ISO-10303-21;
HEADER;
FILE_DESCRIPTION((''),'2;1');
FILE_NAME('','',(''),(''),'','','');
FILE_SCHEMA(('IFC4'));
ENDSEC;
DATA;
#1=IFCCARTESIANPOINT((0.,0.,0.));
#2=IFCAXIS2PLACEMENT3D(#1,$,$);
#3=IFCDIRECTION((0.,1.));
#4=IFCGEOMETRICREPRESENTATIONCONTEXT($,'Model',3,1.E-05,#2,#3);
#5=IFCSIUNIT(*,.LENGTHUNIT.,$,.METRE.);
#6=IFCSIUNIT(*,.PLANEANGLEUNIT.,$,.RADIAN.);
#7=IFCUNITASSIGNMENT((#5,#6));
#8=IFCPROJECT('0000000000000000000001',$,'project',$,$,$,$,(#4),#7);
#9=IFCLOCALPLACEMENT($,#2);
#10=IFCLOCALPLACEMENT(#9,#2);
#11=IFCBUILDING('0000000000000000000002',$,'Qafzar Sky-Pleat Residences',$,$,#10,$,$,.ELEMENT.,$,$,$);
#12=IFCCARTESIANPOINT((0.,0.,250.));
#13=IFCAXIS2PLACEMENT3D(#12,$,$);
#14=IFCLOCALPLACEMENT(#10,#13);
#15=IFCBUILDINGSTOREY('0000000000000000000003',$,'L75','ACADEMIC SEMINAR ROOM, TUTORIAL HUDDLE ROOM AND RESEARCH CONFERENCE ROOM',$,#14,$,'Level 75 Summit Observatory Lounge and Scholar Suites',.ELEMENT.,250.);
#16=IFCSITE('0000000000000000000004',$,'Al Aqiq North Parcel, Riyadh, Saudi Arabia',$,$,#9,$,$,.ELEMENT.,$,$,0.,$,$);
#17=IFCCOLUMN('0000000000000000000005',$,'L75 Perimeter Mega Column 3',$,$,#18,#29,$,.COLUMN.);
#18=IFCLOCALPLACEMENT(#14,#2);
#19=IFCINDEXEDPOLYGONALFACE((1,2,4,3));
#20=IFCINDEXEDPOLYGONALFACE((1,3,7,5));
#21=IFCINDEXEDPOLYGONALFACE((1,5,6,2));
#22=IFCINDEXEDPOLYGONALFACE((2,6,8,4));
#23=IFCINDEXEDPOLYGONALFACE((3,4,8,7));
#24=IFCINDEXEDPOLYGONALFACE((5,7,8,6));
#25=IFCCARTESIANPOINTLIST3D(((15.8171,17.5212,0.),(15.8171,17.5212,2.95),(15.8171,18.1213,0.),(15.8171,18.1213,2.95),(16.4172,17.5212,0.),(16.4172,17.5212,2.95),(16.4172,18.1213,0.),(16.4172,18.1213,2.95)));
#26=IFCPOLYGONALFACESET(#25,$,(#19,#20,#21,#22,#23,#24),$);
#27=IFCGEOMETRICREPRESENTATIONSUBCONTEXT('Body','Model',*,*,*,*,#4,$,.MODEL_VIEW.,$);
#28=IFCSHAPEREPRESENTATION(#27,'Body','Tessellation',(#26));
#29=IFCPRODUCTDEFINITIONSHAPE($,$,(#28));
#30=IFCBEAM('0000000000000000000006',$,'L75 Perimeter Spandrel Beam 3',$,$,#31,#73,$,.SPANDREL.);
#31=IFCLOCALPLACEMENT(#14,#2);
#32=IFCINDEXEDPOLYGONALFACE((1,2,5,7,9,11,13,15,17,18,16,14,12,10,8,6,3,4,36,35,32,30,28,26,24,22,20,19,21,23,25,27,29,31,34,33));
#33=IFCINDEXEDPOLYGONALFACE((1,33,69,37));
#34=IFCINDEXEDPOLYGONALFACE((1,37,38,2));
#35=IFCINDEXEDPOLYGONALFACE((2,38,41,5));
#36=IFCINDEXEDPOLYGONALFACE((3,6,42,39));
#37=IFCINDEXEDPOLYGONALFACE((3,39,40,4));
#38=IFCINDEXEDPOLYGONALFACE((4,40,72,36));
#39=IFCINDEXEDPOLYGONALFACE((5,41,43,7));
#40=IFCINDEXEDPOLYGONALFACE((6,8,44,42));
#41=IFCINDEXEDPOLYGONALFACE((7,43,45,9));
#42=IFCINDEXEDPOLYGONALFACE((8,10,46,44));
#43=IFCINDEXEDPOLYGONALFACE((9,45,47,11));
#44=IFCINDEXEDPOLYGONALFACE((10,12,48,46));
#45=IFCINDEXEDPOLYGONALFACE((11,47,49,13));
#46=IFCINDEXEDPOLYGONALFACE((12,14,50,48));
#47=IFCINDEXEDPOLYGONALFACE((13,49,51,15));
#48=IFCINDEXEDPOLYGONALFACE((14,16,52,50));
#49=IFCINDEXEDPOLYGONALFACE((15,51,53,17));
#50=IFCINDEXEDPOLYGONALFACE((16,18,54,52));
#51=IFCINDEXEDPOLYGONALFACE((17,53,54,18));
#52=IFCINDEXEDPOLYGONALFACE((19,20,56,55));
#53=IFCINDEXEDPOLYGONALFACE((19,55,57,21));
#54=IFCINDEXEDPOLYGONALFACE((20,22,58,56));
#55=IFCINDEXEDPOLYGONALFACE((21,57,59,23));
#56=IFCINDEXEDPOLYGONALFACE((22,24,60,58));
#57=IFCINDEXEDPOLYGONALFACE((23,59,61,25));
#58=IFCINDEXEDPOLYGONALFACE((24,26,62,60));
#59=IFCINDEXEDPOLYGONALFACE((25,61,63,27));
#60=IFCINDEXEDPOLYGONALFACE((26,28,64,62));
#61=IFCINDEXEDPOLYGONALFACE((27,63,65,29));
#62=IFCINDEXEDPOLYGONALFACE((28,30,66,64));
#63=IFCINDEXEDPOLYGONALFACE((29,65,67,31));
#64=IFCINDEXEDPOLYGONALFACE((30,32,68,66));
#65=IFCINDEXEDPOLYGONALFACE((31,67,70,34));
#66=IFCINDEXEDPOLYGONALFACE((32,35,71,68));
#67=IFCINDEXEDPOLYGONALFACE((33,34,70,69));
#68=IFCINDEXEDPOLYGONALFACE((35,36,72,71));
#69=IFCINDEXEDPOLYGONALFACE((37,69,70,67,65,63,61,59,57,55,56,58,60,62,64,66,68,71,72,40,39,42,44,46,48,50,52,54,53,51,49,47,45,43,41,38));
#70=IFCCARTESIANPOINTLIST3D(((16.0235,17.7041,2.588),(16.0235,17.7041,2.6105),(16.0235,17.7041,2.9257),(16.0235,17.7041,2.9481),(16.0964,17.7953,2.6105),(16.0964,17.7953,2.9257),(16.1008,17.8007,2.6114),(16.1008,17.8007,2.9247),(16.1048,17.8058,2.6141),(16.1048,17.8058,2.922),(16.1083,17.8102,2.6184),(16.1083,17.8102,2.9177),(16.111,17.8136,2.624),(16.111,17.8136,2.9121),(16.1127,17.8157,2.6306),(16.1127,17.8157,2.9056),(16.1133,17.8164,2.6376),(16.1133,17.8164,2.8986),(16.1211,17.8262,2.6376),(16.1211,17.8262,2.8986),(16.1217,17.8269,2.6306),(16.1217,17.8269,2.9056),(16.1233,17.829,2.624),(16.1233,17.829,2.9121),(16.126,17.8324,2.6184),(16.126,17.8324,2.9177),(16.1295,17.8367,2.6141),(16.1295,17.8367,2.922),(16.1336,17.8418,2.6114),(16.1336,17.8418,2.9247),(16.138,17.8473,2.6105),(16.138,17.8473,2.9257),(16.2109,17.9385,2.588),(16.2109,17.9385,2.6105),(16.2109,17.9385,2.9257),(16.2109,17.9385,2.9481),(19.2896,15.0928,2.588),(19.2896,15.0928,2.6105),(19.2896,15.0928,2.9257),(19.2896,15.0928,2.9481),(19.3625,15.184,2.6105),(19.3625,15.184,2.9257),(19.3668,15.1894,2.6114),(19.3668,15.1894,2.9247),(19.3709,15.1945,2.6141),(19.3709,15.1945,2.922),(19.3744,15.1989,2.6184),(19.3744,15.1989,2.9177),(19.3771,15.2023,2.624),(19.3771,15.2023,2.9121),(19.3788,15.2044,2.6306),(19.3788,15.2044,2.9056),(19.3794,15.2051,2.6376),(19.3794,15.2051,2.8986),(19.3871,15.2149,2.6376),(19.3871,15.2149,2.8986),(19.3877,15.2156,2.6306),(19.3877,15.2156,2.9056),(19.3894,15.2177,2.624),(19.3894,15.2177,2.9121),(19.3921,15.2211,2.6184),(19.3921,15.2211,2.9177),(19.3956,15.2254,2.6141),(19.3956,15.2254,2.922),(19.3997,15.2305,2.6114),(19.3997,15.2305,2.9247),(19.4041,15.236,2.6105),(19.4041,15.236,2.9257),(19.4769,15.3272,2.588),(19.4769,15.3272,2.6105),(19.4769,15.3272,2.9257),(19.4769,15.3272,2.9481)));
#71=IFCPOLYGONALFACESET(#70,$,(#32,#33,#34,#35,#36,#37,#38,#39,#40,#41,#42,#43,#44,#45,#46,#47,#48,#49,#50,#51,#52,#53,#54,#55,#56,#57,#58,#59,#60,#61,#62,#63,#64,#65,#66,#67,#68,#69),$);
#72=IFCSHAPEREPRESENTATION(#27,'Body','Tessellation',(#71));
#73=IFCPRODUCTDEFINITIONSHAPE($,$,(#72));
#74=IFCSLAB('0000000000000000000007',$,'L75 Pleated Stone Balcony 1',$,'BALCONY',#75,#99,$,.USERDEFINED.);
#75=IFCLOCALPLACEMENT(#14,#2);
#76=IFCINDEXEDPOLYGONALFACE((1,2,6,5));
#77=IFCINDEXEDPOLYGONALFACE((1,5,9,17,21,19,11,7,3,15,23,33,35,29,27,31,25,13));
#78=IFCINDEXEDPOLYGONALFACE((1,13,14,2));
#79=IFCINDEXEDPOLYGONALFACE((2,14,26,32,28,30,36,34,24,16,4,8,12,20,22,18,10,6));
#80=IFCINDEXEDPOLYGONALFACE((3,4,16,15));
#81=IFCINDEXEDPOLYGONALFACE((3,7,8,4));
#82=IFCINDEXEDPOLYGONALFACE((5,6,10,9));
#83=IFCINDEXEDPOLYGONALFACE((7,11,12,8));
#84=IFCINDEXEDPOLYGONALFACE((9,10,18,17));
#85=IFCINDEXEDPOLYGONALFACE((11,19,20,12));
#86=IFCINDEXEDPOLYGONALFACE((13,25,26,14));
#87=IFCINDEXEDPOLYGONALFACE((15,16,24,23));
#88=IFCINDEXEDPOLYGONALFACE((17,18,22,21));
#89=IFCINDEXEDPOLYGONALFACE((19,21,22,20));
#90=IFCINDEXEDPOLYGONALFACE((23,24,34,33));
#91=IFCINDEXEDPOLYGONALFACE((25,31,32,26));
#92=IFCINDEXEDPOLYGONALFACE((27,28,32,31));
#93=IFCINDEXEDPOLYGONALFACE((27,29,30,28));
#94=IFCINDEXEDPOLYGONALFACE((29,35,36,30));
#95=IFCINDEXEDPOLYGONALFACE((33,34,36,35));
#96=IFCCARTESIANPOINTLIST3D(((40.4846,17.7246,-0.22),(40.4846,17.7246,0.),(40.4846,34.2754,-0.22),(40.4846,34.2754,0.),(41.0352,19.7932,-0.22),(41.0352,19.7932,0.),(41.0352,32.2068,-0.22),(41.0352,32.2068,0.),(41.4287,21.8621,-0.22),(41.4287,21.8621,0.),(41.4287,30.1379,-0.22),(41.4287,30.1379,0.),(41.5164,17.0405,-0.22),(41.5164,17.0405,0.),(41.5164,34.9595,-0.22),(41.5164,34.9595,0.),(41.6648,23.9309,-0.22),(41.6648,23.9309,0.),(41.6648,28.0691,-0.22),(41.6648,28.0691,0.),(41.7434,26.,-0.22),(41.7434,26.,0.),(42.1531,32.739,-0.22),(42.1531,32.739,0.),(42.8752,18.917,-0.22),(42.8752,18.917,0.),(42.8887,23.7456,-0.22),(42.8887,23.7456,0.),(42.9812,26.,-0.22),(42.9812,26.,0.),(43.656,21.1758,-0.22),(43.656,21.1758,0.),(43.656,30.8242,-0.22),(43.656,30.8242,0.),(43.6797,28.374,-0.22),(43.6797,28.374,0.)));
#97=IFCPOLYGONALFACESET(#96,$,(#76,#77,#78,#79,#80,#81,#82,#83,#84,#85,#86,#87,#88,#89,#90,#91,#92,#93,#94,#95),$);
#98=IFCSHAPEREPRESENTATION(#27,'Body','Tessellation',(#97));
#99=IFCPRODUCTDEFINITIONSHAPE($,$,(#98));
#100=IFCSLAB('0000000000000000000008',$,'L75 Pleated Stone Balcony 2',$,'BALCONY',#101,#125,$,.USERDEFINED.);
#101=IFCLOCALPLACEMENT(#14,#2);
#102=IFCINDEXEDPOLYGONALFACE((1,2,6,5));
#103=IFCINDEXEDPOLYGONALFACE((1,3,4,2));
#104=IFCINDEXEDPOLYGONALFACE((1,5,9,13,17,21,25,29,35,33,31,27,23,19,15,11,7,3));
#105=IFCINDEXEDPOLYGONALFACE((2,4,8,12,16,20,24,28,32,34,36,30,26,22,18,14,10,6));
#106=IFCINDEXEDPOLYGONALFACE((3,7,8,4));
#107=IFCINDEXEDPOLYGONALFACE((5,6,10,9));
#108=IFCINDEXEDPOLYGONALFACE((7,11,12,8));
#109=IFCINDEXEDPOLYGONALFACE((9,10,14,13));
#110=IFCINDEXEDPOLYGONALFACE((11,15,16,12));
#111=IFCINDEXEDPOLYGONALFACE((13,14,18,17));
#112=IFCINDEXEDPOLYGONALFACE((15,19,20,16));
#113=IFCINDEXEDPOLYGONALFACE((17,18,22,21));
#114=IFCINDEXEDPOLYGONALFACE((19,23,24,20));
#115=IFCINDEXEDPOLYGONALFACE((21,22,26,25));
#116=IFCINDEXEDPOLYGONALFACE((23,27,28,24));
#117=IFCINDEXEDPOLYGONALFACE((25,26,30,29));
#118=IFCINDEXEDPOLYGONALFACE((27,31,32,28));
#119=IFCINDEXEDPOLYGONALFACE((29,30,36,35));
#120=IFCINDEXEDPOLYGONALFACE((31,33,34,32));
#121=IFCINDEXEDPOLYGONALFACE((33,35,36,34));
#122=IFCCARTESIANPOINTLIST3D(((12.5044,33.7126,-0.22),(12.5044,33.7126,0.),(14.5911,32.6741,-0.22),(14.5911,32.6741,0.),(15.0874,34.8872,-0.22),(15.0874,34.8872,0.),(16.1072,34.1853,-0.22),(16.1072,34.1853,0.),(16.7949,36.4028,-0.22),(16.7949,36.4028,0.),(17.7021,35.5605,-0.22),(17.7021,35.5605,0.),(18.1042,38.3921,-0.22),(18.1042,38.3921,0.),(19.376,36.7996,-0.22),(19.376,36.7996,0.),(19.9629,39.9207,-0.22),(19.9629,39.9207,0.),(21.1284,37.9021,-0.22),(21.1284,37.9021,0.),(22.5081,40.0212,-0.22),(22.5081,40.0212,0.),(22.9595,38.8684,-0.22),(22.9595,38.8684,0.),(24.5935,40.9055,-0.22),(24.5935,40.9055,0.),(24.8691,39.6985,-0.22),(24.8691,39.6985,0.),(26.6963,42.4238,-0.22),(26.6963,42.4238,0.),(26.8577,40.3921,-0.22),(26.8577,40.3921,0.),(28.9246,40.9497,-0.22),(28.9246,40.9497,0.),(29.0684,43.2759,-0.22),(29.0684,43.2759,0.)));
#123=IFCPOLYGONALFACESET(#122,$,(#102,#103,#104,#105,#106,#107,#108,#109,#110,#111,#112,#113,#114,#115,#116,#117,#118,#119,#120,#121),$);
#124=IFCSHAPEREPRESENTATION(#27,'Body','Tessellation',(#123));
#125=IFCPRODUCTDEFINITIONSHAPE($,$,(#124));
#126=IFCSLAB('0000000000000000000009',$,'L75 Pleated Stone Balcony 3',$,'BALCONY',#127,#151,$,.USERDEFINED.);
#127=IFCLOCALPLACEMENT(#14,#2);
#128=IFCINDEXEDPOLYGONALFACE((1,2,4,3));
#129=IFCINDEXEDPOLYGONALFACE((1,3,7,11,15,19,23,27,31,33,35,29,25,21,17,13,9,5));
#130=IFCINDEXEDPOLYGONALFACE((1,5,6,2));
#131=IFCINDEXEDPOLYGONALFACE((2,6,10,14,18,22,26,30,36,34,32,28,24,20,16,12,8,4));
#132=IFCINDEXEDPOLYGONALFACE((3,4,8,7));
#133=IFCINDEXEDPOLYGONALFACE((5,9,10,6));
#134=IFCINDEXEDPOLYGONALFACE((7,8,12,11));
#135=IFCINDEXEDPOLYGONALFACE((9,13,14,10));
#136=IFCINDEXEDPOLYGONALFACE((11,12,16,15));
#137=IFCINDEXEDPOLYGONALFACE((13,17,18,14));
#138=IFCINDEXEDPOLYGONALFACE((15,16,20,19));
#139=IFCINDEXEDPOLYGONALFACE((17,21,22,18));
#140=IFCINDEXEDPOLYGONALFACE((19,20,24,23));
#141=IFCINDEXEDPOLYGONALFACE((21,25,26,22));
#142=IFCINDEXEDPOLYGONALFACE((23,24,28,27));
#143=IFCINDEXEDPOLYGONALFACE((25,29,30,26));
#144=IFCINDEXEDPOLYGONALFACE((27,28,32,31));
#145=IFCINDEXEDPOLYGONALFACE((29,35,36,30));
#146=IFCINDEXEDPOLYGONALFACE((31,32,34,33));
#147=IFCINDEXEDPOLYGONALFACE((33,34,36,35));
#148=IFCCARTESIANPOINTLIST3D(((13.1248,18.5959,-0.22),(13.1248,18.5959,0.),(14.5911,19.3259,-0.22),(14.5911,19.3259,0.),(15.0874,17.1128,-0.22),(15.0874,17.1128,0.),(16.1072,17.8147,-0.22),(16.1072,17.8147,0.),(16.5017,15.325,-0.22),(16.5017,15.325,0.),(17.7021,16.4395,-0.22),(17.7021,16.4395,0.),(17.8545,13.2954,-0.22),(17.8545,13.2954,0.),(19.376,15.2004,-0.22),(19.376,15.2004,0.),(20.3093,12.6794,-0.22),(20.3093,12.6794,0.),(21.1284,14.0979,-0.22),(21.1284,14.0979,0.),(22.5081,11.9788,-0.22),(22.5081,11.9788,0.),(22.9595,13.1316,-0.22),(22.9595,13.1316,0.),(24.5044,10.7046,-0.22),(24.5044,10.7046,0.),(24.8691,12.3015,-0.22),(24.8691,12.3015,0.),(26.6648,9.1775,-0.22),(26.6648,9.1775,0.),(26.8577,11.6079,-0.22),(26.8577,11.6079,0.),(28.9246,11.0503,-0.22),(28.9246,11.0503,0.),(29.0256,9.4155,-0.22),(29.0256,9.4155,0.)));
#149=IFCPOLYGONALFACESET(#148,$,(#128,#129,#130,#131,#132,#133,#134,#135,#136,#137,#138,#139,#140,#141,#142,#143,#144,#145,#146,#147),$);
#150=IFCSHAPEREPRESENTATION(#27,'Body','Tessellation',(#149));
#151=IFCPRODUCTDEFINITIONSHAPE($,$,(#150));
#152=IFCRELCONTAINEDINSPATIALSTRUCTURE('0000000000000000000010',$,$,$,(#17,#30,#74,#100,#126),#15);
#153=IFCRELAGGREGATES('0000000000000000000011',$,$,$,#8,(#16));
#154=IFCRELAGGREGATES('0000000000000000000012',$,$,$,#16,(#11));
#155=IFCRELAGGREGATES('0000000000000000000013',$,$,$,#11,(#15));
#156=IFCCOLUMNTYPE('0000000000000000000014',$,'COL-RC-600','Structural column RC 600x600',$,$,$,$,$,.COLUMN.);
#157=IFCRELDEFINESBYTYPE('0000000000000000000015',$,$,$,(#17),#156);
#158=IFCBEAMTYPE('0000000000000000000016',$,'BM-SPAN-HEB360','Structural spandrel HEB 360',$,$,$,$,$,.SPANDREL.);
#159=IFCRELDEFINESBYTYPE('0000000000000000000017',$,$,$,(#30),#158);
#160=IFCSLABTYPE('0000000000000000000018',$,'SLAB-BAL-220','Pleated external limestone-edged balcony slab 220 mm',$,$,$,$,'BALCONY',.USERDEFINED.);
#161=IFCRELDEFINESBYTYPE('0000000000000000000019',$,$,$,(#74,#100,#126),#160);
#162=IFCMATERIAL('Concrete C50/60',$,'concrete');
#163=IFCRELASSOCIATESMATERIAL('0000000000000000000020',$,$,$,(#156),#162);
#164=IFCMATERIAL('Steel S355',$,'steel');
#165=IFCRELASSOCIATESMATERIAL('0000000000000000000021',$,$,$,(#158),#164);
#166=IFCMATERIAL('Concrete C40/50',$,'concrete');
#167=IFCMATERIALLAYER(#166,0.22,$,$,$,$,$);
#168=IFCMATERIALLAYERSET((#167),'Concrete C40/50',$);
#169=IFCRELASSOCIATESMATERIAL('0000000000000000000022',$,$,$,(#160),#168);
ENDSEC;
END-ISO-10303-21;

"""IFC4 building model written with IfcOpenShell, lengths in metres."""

from ifc_helpers import new_model, si_unit, direction, frame, origin, origin_2d, place, context, subcontext, project, spatial, polyline, rectangle, i_section, outline, extrude, source, transform, mapped, material, layer, layer_set, material_profile, profile_set, type_object, element, save


model = new_model("IFC4")

# Units and contexts
model_context = context("Model", 3, precision=1e-05, world=origin(), true_north=direction((0.0, 1.0)))
body_context = subcontext(model_context, "Body", "Model", "MODEL_VIEW")
ifc_project = project(units=[si_unit("LENGTHUNIT", "METRE"), si_unit("PLANEANGLEUNIT", "RADIAN")], contexts=[model_context])

# Site, building, storey
site_placement = place(None, origin())
site = spatial("IfcSite", under=ifc_project, at=site_placement, Name="Al Aqiq North Parcel, Riyadh, Saudi Arabia", CompositionType="ELEMENT", RefElevation=0.0)
building_placement = place(site_placement, origin())
building = spatial("IfcBuilding", under=site, at=building_placement, Name="Qafzar Sky-Pleat Residences", CompositionType="ELEMENT")
storey_placement = place(building_placement, frame((0.0, 0.0, 250.0)))
storey = spatial("IfcBuildingStorey", under=building, at=storey_placement, Name="L75", Description="ACADEMIC SEMINAR ROOM, TUTORIAL HUDDLE ROOM AND RESEARCH CONFERENCE ROOM", LongName="Level 75 Summit Observatory Lounge and Scholar Suites", CompositionType="ELEMENT", Elevation=250.0)

# Column
ifc_material_1 = material(Name="Concrete C50/60", Category="concrete")
ifc_material_profile_1 = material_profile(ifc_material_1, rectangle(XDim=0.6001, YDim=0.6001, at=origin_2d()), Name="RC 600x600")
ifc_profile_set_1 = profile_set([ifc_material_profile_1], Name="Concrete C50/60")
column_type = type_object("IfcColumnType", Name="COL-RC-600", Description="Structural column RC 600x600", PredefinedType="COLUMN", material=ifc_profile_set_1)
shared_shape_1 = source(origin(), body_context, "Body", "SweptSolid", [
    extrude(rectangle(XDim=0.6001, YDim=0.6001, at=origin_2d()), origin(), (0.0, 0.0, 1.0), 2.95),
])
column_placement = place(storey_placement, frame((16.1172, 17.8213, 0.0), z_axis=(0.0, 0.0, 1.0), x_axis=(1.0, 0.0, 0.0)))
element("IfcColumn", 1, at=column_placement, inside=storey, type_object=column_type, Name="L75 Perimeter Mega Column 3", PredefinedType="COLUMN", context=body_context, shape_type="MappedRepresentation", body=[
    mapped(shared_shape_1, transform((0.0, 0.0, 0.0), x_axis=(1.0, 0.0, 0.0), y_axis=(0.0, 1.0, 0.0), z_axis=(0.0, 0.0, 1.0), scale=1.0)),
])

# Beam
ifc_material_2 = material(Name="Steel S355", Category="steel")
ifc_material_profile_2 = material_profile(ifc_material_2, i_section(OverallWidth=0.3, OverallDepth=0.3601, WebThickness=0.0125, FlangeThickness=0.0225, FilletRadius=0.0271, at=origin_2d()), Name="HEB 360")
ifc_profile_set_2 = profile_set([ifc_material_profile_2], Name="Steel S355")
beam_type = type_object("IfcBeamType", Name="BM-SPAN-HEB360", Description="Structural spandrel HEB 360", PredefinedType="SPANDREL", material=ifc_profile_set_2)
shared_shape_2 = source(origin(), body_context, "Body", "SweptSolid", [
    extrude(i_section(OverallWidth=0.3, OverallDepth=0.3601, WebThickness=0.0125, FlangeThickness=0.0225, FilletRadius=0.0271, at=origin_2d()), origin(), (0.0, 0.0, 1.0), 4.1816),
])
beam_placement = place(storey_placement, frame((16.1172, 17.8213, 2.7681), z_axis=(0.781051, -0.624467, 0.0), x_axis=(0.624467, 0.781051, 0.0)))
element("IfcBeam", 2, at=beam_placement, inside=storey, type_object=beam_type, Name="L75 Perimeter Spandrel Beam 3", PredefinedType="SPANDREL", context=body_context, shape_type="MappedRepresentation", body=[
    mapped(shared_shape_2, transform((0.0, 0.0, 0.0), x_axis=(1.0, 0.0, 0.0), y_axis=(0.0, 1.0, 0.0), z_axis=(0.0, 0.0, 1.0), scale=1.0)),
])

# Slabs
ifc_material_3 = material(Name="Concrete C40/50", Category="concrete")
ifc_layer_1 = layer(ifc_material_3, 0.22)
ifc_layer_set_1 = layer_set([ifc_layer_1], Name="Concrete C40/50")
slab_type_1 = type_object("IfcSlabType", Name="SLAB-BAL-220", Description="Pleated external limestone-edged balcony slab 220 mm", ElementType="BALCONY", PredefinedType="USERDEFINED", material=ifc_layer_set_1)
slab_1_placement = place(storey_placement, frame((0.0, 0.0, -0.22)))
element("IfcSlab", 3, at=slab_1_placement, inside=storey, type_object=slab_type_1, Name="L75 Pleated Stone Balcony 1", ObjectType="BALCONY", PredefinedType="USERDEFINED", context=body_context, shape_type="SweptSolid", body=[
    extrude(outline(polyline([(41.0352, 19.7932), (41.4287, 21.8621), (41.6648, 23.9309), (41.7434, 26.0), (41.6648, 28.0691), (41.4287, 30.1379), (41.0352, 32.2068), (40.4846, 34.2754), (41.5164, 34.9595), (42.1531, 32.739), (43.656, 30.8242), (43.6797, 28.374), (42.9812, 26.0), (42.8887, 23.7456), (43.656, 21.1758), (42.8752, 18.917), (41.5164, 17.0405), (40.4846, 17.7246), (41.0352, 19.7932)])), origin(), (0.0, 0.0, 1.0), 0.22),
])
slab_2_placement = place(storey_placement, frame((0.0, 0.0, -0.22)))
element("IfcSlab", 4, at=slab_2_placement, inside=storey, type_object=slab_type_1, Name="L75 Pleated Stone Balcony 2", ObjectType="BALCONY", PredefinedType="USERDEFINED", context=body_context, shape_type="SweptSolid", body=[
    extrude(outline(polyline([(26.8577, 40.3921), (24.8691, 39.6985), (22.9595, 38.8684), (21.1284, 37.9021), (19.376, 36.7996), (17.7021, 35.5605), (16.1072, 34.1853), (14.5911, 32.6741), (12.5044, 33.7126), (15.0874, 34.8872), (16.7949, 36.4028), (18.1042, 38.3921), (19.9629, 39.9207), (22.5081, 40.0212), (24.5935, 40.9055), (26.6963, 42.4238), (29.0684, 43.2759), (28.9246, 40.9497), (26.8577, 40.3921)])), origin(), (0.0, 0.0, 1.0), 0.22),
])
slab_3_placement = place(storey_placement, frame((0.0, 0.0, -0.22)))
element("IfcSlab", 5, at=slab_3_placement, inside=storey, type_object=slab_type_1, Name="L75 Pleated Stone Balcony 3", ObjectType="BALCONY", PredefinedType="USERDEFINED", context=body_context, shape_type="SweptSolid", body=[
    extrude(outline(polyline([(16.1072, 17.8147), (17.7021, 16.4395), (19.376, 15.2004), (21.1284, 14.0979), (22.9595, 13.1316), (24.8691, 12.3015), (26.8577, 11.6079), (28.9246, 11.0503), (29.0256, 9.4155), (26.6648, 9.1775), (24.5044, 10.7046), (22.5081, 11.9788), (20.3093, 12.6794), (17.8545, 13.2954), (16.5017, 15.325), (15.0874, 17.1128), (13.1248, 18.5959), (14.5911, 19.3259), (16.1072, 17.8147)])), origin(), (0.0, 0.0, 1.0), 0.22),
])

save(model, "model.ifc")
